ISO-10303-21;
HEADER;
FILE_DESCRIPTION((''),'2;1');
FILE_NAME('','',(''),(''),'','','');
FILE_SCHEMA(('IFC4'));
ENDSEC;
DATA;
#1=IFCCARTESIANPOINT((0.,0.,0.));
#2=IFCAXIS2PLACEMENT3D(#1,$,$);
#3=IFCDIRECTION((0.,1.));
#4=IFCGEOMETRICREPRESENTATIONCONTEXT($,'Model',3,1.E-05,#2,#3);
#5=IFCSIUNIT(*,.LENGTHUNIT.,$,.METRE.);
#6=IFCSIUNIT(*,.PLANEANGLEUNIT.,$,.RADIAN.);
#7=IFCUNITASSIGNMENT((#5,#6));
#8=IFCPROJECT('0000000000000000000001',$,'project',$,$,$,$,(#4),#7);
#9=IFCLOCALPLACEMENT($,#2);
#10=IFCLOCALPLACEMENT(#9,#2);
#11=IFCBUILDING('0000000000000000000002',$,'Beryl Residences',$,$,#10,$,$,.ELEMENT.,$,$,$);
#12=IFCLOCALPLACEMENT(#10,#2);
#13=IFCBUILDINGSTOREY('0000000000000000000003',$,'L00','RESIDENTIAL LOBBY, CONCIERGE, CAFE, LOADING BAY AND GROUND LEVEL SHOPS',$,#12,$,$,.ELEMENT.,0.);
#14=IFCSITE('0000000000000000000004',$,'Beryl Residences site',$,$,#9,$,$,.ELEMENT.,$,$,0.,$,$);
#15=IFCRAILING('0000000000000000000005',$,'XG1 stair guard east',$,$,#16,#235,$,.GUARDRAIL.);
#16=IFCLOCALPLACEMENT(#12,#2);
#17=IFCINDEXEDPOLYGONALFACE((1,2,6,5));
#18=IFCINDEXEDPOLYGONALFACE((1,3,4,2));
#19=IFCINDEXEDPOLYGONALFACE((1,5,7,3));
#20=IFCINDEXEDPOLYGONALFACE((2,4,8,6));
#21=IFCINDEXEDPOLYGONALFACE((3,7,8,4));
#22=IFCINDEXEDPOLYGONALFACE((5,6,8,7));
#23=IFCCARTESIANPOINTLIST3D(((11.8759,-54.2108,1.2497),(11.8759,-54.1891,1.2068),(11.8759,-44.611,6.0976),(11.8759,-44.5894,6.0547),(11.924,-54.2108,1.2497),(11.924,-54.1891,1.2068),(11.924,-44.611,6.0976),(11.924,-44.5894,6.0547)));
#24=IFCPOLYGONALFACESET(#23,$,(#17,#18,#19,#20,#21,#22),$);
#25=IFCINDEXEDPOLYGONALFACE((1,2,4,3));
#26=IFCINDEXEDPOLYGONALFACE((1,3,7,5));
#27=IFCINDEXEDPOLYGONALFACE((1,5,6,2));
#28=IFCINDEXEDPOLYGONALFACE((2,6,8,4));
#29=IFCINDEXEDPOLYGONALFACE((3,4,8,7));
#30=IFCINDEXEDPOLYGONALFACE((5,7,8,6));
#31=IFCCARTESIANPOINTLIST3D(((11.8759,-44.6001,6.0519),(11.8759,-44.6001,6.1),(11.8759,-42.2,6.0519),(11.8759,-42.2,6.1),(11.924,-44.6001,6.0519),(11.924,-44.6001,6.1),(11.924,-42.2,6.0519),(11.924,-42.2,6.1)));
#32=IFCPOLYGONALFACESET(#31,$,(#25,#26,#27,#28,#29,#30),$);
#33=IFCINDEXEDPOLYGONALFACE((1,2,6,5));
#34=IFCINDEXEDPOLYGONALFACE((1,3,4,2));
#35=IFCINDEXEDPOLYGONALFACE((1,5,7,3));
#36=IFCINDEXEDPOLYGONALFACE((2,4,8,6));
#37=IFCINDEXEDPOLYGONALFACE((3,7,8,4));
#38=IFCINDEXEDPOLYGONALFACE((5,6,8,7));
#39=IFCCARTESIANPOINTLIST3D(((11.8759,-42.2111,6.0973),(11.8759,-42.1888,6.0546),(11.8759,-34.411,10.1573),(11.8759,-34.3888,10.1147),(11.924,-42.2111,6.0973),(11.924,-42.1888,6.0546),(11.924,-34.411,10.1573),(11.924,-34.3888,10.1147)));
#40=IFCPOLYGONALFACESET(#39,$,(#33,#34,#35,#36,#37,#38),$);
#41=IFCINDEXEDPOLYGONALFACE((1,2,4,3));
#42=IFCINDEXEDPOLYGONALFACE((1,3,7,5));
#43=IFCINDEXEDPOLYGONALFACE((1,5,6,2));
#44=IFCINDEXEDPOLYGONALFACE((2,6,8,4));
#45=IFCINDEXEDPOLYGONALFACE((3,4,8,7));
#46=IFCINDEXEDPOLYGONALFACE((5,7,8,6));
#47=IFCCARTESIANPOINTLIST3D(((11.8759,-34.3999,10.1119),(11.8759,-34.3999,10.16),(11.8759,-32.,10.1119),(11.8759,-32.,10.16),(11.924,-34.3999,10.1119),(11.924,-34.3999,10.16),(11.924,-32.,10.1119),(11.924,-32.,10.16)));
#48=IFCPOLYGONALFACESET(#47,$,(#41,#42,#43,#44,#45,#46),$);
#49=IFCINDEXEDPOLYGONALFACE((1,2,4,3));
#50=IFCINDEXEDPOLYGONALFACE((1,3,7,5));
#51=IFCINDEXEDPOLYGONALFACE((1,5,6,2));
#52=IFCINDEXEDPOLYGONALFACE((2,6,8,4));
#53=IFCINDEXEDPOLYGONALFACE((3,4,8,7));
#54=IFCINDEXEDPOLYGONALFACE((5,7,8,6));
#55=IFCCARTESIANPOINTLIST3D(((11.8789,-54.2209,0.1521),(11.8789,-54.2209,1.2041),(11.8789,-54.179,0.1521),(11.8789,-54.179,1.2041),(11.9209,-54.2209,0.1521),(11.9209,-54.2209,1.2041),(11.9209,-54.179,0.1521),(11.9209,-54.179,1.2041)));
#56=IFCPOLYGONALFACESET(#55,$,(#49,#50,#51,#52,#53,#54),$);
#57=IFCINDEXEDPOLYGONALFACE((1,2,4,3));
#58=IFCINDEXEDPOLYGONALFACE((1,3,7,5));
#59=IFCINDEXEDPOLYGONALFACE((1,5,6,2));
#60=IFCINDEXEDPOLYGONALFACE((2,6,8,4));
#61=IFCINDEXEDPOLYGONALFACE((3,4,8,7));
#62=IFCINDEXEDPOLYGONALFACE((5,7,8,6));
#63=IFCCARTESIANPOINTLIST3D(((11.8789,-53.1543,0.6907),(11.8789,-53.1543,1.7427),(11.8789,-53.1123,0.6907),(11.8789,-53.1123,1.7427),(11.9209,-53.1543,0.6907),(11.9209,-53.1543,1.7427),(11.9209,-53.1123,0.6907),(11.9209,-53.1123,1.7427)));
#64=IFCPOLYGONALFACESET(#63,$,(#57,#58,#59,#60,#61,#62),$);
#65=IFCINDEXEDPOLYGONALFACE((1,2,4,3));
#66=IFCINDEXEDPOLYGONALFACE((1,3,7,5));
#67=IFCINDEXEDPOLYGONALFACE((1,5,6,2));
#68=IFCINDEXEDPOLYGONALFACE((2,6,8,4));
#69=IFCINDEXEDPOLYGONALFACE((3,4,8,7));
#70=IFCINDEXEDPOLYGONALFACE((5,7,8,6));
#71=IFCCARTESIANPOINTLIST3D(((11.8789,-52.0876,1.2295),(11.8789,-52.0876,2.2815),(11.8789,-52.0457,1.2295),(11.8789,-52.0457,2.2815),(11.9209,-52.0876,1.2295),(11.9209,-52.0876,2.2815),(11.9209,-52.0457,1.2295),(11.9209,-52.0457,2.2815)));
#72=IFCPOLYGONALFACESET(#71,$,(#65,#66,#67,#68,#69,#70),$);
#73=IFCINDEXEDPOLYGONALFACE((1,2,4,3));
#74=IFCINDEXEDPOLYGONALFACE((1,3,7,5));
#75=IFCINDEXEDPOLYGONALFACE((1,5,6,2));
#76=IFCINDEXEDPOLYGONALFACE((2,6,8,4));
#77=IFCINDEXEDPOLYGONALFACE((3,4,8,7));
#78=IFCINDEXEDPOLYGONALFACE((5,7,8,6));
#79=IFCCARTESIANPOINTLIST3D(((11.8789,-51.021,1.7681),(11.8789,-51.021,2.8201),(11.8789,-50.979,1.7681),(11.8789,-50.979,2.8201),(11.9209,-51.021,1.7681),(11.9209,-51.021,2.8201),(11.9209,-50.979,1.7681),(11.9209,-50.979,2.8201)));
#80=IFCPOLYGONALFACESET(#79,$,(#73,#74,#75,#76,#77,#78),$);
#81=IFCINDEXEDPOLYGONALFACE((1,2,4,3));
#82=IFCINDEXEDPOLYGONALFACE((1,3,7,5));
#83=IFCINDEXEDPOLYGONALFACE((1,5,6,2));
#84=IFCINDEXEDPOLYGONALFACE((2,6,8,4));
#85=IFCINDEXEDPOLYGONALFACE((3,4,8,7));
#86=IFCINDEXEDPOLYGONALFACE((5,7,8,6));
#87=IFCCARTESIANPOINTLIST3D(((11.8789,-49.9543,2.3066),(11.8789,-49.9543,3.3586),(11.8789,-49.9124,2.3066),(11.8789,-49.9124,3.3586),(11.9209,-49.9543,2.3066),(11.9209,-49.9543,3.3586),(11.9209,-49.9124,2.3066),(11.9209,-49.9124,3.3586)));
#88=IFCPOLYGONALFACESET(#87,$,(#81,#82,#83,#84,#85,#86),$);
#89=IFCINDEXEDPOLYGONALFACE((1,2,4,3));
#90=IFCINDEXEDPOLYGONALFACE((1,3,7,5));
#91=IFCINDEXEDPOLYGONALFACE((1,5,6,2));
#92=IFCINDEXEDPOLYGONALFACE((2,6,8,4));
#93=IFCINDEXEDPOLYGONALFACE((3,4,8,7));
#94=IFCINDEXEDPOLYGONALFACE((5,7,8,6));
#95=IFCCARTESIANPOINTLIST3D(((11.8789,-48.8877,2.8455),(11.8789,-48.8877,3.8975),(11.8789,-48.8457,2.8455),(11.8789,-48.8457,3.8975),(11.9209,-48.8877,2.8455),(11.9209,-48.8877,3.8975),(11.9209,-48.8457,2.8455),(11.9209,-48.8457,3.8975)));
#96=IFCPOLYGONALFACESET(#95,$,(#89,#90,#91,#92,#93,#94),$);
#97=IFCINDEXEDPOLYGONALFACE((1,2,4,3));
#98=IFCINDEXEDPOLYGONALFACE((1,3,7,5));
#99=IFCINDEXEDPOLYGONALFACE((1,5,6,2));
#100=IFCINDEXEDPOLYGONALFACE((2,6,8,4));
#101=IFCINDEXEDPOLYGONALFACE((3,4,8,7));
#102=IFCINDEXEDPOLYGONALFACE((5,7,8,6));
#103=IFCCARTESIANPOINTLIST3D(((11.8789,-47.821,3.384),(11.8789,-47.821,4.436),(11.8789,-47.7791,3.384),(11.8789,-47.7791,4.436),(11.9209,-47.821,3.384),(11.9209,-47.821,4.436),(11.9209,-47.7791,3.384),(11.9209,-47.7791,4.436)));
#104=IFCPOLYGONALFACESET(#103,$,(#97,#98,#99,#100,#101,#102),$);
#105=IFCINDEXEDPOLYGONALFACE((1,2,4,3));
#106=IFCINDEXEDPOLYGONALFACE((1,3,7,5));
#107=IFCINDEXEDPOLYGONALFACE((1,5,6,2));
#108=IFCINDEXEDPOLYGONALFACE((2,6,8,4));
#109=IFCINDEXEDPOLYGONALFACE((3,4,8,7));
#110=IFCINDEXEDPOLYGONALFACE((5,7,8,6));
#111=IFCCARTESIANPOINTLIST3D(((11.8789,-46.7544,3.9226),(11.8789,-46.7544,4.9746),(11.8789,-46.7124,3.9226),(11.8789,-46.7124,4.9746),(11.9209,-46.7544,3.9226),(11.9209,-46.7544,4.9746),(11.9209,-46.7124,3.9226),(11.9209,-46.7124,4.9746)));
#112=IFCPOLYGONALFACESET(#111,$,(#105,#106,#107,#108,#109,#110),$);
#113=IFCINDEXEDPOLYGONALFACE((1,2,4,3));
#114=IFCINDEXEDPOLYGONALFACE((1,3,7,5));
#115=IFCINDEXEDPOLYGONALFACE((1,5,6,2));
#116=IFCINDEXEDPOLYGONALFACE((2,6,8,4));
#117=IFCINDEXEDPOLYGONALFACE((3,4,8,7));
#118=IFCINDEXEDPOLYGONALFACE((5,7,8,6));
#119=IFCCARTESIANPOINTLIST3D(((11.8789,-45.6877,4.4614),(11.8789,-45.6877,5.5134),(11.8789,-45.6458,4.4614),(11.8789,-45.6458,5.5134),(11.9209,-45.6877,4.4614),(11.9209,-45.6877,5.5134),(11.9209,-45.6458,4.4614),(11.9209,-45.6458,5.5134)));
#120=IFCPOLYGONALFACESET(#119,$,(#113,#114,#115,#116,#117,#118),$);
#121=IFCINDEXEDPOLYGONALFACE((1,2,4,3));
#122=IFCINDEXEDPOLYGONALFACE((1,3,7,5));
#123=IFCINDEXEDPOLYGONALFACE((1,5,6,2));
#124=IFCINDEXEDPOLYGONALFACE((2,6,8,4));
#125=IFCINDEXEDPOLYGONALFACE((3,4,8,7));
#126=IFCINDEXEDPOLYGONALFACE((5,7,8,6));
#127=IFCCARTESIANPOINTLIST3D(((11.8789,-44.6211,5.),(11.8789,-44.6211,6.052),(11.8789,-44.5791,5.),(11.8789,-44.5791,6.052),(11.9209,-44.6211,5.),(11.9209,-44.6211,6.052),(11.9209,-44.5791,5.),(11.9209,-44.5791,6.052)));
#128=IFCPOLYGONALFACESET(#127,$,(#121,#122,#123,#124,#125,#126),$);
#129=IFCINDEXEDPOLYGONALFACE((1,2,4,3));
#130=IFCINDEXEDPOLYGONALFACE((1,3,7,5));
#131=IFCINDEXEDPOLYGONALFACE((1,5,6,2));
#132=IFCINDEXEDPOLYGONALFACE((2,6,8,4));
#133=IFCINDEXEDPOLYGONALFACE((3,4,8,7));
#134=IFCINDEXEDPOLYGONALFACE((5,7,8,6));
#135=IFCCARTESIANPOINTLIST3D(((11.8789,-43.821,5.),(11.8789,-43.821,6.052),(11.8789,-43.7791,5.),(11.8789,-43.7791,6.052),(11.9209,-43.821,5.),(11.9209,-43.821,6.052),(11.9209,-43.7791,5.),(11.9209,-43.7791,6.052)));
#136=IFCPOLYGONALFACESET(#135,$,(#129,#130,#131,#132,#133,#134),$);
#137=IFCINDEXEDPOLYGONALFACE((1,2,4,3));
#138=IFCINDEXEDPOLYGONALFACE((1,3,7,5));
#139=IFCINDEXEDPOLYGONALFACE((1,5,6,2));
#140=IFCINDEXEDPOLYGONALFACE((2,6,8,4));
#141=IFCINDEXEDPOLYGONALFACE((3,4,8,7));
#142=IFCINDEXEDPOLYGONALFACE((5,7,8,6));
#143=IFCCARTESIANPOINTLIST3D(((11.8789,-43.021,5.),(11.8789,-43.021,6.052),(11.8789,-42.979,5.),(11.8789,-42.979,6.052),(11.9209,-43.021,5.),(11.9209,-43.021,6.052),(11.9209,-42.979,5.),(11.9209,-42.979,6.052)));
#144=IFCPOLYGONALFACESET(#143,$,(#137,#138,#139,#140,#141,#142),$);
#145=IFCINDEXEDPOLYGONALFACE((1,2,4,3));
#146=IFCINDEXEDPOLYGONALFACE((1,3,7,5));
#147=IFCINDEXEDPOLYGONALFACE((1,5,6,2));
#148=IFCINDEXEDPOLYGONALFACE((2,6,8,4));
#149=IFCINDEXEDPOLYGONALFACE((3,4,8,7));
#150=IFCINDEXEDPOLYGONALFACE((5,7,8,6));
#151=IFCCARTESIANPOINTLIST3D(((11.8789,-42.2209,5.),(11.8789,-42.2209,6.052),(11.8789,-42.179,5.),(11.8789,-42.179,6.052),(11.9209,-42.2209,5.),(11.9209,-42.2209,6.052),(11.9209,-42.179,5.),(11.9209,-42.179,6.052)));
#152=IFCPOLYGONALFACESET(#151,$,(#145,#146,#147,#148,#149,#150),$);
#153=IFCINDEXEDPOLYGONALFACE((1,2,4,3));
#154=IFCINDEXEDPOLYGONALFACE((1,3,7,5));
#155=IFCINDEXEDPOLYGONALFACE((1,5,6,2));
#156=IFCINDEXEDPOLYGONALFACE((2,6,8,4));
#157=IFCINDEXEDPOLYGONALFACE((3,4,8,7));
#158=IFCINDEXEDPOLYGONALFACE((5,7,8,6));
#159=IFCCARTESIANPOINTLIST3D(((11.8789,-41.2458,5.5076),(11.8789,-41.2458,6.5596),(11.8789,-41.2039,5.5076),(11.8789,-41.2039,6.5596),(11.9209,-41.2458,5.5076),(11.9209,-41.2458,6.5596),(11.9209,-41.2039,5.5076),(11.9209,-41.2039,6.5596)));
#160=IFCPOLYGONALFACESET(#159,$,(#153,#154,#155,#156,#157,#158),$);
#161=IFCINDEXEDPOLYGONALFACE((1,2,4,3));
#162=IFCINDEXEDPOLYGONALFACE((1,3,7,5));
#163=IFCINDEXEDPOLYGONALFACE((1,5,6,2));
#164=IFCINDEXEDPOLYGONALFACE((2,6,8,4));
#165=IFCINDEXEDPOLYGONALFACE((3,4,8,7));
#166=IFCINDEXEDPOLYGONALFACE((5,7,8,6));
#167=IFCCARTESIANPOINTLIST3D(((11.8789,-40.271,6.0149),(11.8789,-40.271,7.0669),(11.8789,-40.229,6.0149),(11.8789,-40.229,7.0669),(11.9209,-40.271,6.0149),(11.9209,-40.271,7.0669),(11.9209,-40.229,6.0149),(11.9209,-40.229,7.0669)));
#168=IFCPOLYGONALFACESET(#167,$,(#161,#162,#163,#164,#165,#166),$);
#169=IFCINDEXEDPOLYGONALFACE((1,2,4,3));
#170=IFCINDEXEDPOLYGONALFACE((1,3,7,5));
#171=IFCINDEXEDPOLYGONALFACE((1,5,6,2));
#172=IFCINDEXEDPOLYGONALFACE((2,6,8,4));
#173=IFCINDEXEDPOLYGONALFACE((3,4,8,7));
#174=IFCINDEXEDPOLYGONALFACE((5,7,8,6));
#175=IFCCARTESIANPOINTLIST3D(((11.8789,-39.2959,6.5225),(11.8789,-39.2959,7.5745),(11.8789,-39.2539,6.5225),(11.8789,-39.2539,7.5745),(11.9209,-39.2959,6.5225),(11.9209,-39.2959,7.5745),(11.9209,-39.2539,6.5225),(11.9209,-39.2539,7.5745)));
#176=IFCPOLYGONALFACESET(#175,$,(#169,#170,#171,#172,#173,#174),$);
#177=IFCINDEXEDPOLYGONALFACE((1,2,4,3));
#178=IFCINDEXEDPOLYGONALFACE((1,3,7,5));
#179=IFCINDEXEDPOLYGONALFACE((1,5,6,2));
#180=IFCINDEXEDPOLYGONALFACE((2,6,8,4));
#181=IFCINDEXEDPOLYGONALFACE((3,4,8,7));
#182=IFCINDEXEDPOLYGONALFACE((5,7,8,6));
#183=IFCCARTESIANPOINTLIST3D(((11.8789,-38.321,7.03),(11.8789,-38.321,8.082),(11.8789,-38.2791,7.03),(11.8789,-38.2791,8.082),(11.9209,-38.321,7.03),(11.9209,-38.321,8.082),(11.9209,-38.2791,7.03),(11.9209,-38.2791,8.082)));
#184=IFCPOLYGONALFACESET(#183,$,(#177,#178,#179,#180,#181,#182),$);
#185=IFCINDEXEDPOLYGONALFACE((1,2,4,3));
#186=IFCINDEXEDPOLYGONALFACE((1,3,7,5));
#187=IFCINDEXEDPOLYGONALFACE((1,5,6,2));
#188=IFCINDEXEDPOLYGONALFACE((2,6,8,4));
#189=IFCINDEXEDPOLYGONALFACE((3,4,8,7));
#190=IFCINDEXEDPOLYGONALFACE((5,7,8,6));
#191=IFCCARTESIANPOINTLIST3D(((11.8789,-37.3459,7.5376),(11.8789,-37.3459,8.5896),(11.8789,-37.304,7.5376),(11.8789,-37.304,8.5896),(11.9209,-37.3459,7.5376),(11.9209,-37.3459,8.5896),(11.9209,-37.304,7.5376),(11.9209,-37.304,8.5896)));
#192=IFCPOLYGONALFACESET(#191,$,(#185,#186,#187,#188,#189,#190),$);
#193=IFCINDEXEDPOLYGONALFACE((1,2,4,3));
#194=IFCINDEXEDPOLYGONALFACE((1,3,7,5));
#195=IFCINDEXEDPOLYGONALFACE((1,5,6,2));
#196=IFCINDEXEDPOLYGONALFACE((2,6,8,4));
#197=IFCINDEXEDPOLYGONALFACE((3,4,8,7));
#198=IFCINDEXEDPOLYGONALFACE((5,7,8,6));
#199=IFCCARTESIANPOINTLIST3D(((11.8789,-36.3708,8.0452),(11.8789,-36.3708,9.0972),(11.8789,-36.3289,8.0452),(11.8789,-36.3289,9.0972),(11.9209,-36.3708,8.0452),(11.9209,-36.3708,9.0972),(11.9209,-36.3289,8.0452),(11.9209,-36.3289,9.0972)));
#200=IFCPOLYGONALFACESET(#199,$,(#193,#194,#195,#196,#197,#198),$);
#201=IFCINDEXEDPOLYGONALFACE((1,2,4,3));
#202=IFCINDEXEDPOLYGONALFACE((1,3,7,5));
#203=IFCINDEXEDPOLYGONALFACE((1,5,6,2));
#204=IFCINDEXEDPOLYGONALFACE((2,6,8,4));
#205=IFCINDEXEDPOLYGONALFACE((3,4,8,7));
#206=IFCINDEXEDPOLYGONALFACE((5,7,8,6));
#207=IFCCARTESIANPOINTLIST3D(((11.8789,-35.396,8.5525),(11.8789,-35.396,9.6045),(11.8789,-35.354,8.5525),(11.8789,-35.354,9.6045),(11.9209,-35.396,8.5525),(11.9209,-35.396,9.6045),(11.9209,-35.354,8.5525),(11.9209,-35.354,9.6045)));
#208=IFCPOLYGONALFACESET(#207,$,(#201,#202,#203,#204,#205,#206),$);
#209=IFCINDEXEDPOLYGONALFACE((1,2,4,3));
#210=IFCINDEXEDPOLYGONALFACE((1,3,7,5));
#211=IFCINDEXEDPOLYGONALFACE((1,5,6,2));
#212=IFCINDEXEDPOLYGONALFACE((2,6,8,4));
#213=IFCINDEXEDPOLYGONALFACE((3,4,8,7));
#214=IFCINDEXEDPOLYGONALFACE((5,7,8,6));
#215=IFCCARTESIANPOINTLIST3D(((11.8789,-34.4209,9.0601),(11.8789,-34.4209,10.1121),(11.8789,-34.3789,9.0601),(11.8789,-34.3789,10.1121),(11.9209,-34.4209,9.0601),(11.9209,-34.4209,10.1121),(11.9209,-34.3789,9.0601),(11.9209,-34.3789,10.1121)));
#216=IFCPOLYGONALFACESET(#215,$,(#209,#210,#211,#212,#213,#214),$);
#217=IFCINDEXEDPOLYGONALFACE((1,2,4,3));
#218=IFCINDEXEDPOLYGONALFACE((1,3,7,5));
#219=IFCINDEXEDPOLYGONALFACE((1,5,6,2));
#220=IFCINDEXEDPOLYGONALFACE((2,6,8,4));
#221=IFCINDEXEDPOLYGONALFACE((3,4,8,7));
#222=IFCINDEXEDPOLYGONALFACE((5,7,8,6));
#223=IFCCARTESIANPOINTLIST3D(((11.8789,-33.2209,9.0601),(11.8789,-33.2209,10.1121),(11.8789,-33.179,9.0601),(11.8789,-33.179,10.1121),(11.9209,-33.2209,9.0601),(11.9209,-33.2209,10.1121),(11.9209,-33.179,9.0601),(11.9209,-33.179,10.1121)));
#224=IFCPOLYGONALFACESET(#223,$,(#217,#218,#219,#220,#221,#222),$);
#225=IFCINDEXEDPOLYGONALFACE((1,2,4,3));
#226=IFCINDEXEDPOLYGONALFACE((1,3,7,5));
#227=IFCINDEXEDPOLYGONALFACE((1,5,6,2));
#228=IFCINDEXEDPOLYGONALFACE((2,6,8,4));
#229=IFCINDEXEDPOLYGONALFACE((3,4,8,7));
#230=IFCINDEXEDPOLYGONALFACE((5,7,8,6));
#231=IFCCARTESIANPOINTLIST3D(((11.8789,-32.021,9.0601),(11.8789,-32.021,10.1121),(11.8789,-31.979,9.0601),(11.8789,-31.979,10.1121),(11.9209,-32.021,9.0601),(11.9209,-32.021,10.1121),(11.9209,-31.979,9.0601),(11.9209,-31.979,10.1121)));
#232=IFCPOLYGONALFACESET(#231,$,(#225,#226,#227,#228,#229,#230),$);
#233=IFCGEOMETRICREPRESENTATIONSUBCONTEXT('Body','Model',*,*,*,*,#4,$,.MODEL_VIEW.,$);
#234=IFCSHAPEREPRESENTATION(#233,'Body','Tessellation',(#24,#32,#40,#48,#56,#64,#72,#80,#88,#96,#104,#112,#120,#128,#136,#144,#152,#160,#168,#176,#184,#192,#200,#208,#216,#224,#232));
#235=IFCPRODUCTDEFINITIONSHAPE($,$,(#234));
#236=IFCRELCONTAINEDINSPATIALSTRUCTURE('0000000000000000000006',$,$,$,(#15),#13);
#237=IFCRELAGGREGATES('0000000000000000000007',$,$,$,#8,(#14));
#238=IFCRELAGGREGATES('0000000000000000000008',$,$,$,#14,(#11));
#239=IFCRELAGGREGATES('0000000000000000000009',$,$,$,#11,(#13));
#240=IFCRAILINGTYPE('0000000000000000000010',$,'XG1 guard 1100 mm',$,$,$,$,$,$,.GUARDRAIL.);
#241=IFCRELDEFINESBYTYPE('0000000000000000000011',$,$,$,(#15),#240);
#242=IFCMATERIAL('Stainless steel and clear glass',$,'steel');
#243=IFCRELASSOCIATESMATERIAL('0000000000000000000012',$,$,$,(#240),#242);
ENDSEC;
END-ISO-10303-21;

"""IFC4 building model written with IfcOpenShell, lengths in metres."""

from ifc_helpers import new_model, si_unit, direction, frame, origin, origin_2d, place, context, subcontext, project, spatial, rectangle, extrude, material, type_object, element, save


model = new_model("IFC4")

# Units and contexts
model_context = context("Model", 3, precision=1e-05, world=origin(), true_north=direction((0.0, 1.0)))
body_context = subcontext(model_context, "Body", "Model", "MODEL_VIEW")
ifc_project = project(units=[si_unit("LENGTHUNIT", "METRE"), si_unit("PLANEANGLEUNIT", "RADIAN")], contexts=[model_context])

# Site, building, storey
site_placement = place(None, origin())
site = spatial("IfcSite", under=ifc_project, at=site_placement, Name="Beryl Residences site", CompositionType="ELEMENT", RefElevation=0.0)
building_placement = place(site_placement, origin())
building = spatial("IfcBuilding", under=site, at=building_placement, Name="Beryl Residences", CompositionType="ELEMENT")
storey_placement = place(building_placement, origin())
storey = spatial("IfcBuildingStorey", under=building, at=storey_placement, Name="L00", Description="RESIDENTIAL LOBBY, CONCIERGE, CAFE, LOADING BAY AND GROUND LEVEL SHOPS", CompositionType="ELEMENT", Elevation=0.0)

# Railing
ifc_material_1 = material(Name="Stainless steel and clear glass", Category="steel")
railing_type = type_object("IfcRailingType", Name="XG1 guard 1100 mm", PredefinedType="GUARDRAIL", material=ifc_material_1)
railing_placement = place(storey_placement, frame((11.8999, -54.2, 0.1521)))
element("IfcRailing", 1, at=railing_placement, inside=storey, type_object=railing_type, Name="XG1 stair guard east", PredefinedType="GUARDRAIL", context=body_context, shape_type="SweptSolid", body=[
    extrude(rectangle(XDim=0.0481, YDim=0.0481, at=origin_2d()), frame((0.0, 0.0, 1.0762), z_axis=(0.0, 0.892636, 0.450779), x_axis=(-1.0, 0.0, 0.0)), (0.0, 0.0, 1.0), 10.7544),
    extrude(rectangle(XDim=0.0481, YDim=0.0481, at=origin_2d()), frame((0.0, 9.5999, 5.9238), z_axis=(0.0, 1.0, 0.0), x_axis=(-1.0, 0.0, 0.0)), (0.0, 0.0, 1.0), 2.4001),
    extrude(rectangle(XDim=0.0481, YDim=0.0481, at=origin_2d()), frame((0.0, 12.0, 5.9238), z_axis=(0.0, 0.887029, 0.461714), x_axis=(-1.0, 0.0, 0.0)), (0.0, 0.0, 1.0), 8.7935),
    extrude(rectangle(XDim=0.0481, YDim=0.0481, at=origin_2d()), frame((0.0, 19.8, 9.9839), z_axis=(0.0, 1.0, 0.0), x_axis=(-1.0, 0.0, 0.0)), (0.0, 0.0, 1.0), 2.3999),
    extrude(rectangle(XDim=0.042, YDim=0.042, at=origin_2d()), origin(), (0.0, 0.0, 1.0), 1.052),
    extrude(rectangle(XDim=0.042, YDim=0.042, at=origin_2d()), frame((0.0, 1.0667, 0.5386)), (0.0, 0.0, 1.0), 1.052),
    extrude(rectangle(XDim=0.042, YDim=0.042, at=origin_2d()), frame((0.0, 2.1333, 1.0774)), (0.0, 0.0, 1.0), 1.052),
    extrude(rectangle(XDim=0.042, YDim=0.042, at=origin_2d()), frame((0.0, 3.2, 1.616)), (0.0, 0.0, 1.0), 1.052),
    extrude(rectangle(XDim=0.042, YDim=0.042, at=origin_2d()), frame((0.0, 4.2666, 2.1545)), (0.0, 0.0, 1.0), 1.052),
    extrude(rectangle(XDim=0.042, YDim=0.042, at=origin_2d()), frame((0.0, 5.3333, 2.6934)), (0.0, 0.0, 1.0), 1.052),
    extrude(rectangle(XDim=0.042, YDim=0.042, at=origin_2d()), frame((0.0, 6.3999, 3.2319)), (0.0, 0.0, 1.0), 1.052),
    extrude(rectangle(XDim=0.042, YDim=0.042, at=origin_2d()), frame((0.0, 7.4666, 3.7705)), (0.0, 0.0, 1.0), 1.052),
    extrude(rectangle(XDim=0.042, YDim=0.042, at=origin_2d()), frame((0.0, 8.5332, 4.3093)), (0.0, 0.0, 1.0), 1.052),
    extrude(rectangle(XDim=0.042, YDim=0.042, at=origin_2d()), frame((0.0, 9.5999, 4.8479)), (0.0, 0.0, 1.0), 1.052),
    extrude(rectangle(XDim=0.042, YDim=0.042, at=origin_2d()), frame((0.0, 10.3999, 4.8479)), (0.0, 0.0, 1.0), 1.052),
    extrude(rectangle(XDim=0.042, YDim=0.042, at=origin_2d()), frame((0.0, 11.2, 4.8479)), (0.0, 0.0, 1.0), 1.052),
    extrude(rectangle(XDim=0.042, YDim=0.042, at=origin_2d()), frame((0.0, 12.0, 4.8479)), (0.0, 0.0, 1.0), 1.052),
    extrude(rectangle(XDim=0.042, YDim=0.042, at=origin_2d()), frame((0.0, 12.9751, 5.3555)), (0.0, 0.0, 1.0), 1.052),
    extrude(rectangle(XDim=0.042, YDim=0.042, at=origin_2d()), frame((0.0, 13.95, 5.8628)), (0.0, 0.0, 1.0), 1.052),
    extrude(rectangle(XDim=0.042, YDim=0.042, at=origin_2d()), frame((0.0, 14.925, 6.3704)), (0.0, 0.0, 1.0), 1.052),
    extrude(rectangle(XDim=0.042, YDim=0.042, at=origin_2d()), frame((0.0, 15.8999, 6.8779)), (0.0, 0.0, 1.0), 1.052),
    extrude(rectangle(XDim=0.042, YDim=0.042, at=origin_2d()), frame((0.0, 16.875, 7.3855)), (0.0, 0.0, 1.0), 1.052),
    extrude(rectangle(XDim=0.042, YDim=0.042, at=origin_2d()), frame((0.0, 17.8501, 7.8931)), (0.0, 0.0, 1.0), 1.052),
    extrude(rectangle(XDim=0.042, YDim=0.042, at=origin_2d()), frame((0.0, 18.825, 8.4004)), (0.0, 0.0, 1.0), 1.052),
    extrude(rectangle(XDim=0.042, YDim=0.042, at=origin_2d()), frame((0.0, 19.8, 8.908)), (0.0, 0.0, 1.0), 1.052),
    extrude(rectangle(XDim=0.042, YDim=0.042, at=origin_2d()), frame((0.0, 21.0, 8.908)), (0.0, 0.0, 1.0), 1.052),
    extrude(rectangle(XDim=0.042, YDim=0.042, at=origin_2d()), frame((0.0, 22.2, 8.908)), (0.0, 0.0, 1.0), 1.052),
])

save(model, "model.ifc")
